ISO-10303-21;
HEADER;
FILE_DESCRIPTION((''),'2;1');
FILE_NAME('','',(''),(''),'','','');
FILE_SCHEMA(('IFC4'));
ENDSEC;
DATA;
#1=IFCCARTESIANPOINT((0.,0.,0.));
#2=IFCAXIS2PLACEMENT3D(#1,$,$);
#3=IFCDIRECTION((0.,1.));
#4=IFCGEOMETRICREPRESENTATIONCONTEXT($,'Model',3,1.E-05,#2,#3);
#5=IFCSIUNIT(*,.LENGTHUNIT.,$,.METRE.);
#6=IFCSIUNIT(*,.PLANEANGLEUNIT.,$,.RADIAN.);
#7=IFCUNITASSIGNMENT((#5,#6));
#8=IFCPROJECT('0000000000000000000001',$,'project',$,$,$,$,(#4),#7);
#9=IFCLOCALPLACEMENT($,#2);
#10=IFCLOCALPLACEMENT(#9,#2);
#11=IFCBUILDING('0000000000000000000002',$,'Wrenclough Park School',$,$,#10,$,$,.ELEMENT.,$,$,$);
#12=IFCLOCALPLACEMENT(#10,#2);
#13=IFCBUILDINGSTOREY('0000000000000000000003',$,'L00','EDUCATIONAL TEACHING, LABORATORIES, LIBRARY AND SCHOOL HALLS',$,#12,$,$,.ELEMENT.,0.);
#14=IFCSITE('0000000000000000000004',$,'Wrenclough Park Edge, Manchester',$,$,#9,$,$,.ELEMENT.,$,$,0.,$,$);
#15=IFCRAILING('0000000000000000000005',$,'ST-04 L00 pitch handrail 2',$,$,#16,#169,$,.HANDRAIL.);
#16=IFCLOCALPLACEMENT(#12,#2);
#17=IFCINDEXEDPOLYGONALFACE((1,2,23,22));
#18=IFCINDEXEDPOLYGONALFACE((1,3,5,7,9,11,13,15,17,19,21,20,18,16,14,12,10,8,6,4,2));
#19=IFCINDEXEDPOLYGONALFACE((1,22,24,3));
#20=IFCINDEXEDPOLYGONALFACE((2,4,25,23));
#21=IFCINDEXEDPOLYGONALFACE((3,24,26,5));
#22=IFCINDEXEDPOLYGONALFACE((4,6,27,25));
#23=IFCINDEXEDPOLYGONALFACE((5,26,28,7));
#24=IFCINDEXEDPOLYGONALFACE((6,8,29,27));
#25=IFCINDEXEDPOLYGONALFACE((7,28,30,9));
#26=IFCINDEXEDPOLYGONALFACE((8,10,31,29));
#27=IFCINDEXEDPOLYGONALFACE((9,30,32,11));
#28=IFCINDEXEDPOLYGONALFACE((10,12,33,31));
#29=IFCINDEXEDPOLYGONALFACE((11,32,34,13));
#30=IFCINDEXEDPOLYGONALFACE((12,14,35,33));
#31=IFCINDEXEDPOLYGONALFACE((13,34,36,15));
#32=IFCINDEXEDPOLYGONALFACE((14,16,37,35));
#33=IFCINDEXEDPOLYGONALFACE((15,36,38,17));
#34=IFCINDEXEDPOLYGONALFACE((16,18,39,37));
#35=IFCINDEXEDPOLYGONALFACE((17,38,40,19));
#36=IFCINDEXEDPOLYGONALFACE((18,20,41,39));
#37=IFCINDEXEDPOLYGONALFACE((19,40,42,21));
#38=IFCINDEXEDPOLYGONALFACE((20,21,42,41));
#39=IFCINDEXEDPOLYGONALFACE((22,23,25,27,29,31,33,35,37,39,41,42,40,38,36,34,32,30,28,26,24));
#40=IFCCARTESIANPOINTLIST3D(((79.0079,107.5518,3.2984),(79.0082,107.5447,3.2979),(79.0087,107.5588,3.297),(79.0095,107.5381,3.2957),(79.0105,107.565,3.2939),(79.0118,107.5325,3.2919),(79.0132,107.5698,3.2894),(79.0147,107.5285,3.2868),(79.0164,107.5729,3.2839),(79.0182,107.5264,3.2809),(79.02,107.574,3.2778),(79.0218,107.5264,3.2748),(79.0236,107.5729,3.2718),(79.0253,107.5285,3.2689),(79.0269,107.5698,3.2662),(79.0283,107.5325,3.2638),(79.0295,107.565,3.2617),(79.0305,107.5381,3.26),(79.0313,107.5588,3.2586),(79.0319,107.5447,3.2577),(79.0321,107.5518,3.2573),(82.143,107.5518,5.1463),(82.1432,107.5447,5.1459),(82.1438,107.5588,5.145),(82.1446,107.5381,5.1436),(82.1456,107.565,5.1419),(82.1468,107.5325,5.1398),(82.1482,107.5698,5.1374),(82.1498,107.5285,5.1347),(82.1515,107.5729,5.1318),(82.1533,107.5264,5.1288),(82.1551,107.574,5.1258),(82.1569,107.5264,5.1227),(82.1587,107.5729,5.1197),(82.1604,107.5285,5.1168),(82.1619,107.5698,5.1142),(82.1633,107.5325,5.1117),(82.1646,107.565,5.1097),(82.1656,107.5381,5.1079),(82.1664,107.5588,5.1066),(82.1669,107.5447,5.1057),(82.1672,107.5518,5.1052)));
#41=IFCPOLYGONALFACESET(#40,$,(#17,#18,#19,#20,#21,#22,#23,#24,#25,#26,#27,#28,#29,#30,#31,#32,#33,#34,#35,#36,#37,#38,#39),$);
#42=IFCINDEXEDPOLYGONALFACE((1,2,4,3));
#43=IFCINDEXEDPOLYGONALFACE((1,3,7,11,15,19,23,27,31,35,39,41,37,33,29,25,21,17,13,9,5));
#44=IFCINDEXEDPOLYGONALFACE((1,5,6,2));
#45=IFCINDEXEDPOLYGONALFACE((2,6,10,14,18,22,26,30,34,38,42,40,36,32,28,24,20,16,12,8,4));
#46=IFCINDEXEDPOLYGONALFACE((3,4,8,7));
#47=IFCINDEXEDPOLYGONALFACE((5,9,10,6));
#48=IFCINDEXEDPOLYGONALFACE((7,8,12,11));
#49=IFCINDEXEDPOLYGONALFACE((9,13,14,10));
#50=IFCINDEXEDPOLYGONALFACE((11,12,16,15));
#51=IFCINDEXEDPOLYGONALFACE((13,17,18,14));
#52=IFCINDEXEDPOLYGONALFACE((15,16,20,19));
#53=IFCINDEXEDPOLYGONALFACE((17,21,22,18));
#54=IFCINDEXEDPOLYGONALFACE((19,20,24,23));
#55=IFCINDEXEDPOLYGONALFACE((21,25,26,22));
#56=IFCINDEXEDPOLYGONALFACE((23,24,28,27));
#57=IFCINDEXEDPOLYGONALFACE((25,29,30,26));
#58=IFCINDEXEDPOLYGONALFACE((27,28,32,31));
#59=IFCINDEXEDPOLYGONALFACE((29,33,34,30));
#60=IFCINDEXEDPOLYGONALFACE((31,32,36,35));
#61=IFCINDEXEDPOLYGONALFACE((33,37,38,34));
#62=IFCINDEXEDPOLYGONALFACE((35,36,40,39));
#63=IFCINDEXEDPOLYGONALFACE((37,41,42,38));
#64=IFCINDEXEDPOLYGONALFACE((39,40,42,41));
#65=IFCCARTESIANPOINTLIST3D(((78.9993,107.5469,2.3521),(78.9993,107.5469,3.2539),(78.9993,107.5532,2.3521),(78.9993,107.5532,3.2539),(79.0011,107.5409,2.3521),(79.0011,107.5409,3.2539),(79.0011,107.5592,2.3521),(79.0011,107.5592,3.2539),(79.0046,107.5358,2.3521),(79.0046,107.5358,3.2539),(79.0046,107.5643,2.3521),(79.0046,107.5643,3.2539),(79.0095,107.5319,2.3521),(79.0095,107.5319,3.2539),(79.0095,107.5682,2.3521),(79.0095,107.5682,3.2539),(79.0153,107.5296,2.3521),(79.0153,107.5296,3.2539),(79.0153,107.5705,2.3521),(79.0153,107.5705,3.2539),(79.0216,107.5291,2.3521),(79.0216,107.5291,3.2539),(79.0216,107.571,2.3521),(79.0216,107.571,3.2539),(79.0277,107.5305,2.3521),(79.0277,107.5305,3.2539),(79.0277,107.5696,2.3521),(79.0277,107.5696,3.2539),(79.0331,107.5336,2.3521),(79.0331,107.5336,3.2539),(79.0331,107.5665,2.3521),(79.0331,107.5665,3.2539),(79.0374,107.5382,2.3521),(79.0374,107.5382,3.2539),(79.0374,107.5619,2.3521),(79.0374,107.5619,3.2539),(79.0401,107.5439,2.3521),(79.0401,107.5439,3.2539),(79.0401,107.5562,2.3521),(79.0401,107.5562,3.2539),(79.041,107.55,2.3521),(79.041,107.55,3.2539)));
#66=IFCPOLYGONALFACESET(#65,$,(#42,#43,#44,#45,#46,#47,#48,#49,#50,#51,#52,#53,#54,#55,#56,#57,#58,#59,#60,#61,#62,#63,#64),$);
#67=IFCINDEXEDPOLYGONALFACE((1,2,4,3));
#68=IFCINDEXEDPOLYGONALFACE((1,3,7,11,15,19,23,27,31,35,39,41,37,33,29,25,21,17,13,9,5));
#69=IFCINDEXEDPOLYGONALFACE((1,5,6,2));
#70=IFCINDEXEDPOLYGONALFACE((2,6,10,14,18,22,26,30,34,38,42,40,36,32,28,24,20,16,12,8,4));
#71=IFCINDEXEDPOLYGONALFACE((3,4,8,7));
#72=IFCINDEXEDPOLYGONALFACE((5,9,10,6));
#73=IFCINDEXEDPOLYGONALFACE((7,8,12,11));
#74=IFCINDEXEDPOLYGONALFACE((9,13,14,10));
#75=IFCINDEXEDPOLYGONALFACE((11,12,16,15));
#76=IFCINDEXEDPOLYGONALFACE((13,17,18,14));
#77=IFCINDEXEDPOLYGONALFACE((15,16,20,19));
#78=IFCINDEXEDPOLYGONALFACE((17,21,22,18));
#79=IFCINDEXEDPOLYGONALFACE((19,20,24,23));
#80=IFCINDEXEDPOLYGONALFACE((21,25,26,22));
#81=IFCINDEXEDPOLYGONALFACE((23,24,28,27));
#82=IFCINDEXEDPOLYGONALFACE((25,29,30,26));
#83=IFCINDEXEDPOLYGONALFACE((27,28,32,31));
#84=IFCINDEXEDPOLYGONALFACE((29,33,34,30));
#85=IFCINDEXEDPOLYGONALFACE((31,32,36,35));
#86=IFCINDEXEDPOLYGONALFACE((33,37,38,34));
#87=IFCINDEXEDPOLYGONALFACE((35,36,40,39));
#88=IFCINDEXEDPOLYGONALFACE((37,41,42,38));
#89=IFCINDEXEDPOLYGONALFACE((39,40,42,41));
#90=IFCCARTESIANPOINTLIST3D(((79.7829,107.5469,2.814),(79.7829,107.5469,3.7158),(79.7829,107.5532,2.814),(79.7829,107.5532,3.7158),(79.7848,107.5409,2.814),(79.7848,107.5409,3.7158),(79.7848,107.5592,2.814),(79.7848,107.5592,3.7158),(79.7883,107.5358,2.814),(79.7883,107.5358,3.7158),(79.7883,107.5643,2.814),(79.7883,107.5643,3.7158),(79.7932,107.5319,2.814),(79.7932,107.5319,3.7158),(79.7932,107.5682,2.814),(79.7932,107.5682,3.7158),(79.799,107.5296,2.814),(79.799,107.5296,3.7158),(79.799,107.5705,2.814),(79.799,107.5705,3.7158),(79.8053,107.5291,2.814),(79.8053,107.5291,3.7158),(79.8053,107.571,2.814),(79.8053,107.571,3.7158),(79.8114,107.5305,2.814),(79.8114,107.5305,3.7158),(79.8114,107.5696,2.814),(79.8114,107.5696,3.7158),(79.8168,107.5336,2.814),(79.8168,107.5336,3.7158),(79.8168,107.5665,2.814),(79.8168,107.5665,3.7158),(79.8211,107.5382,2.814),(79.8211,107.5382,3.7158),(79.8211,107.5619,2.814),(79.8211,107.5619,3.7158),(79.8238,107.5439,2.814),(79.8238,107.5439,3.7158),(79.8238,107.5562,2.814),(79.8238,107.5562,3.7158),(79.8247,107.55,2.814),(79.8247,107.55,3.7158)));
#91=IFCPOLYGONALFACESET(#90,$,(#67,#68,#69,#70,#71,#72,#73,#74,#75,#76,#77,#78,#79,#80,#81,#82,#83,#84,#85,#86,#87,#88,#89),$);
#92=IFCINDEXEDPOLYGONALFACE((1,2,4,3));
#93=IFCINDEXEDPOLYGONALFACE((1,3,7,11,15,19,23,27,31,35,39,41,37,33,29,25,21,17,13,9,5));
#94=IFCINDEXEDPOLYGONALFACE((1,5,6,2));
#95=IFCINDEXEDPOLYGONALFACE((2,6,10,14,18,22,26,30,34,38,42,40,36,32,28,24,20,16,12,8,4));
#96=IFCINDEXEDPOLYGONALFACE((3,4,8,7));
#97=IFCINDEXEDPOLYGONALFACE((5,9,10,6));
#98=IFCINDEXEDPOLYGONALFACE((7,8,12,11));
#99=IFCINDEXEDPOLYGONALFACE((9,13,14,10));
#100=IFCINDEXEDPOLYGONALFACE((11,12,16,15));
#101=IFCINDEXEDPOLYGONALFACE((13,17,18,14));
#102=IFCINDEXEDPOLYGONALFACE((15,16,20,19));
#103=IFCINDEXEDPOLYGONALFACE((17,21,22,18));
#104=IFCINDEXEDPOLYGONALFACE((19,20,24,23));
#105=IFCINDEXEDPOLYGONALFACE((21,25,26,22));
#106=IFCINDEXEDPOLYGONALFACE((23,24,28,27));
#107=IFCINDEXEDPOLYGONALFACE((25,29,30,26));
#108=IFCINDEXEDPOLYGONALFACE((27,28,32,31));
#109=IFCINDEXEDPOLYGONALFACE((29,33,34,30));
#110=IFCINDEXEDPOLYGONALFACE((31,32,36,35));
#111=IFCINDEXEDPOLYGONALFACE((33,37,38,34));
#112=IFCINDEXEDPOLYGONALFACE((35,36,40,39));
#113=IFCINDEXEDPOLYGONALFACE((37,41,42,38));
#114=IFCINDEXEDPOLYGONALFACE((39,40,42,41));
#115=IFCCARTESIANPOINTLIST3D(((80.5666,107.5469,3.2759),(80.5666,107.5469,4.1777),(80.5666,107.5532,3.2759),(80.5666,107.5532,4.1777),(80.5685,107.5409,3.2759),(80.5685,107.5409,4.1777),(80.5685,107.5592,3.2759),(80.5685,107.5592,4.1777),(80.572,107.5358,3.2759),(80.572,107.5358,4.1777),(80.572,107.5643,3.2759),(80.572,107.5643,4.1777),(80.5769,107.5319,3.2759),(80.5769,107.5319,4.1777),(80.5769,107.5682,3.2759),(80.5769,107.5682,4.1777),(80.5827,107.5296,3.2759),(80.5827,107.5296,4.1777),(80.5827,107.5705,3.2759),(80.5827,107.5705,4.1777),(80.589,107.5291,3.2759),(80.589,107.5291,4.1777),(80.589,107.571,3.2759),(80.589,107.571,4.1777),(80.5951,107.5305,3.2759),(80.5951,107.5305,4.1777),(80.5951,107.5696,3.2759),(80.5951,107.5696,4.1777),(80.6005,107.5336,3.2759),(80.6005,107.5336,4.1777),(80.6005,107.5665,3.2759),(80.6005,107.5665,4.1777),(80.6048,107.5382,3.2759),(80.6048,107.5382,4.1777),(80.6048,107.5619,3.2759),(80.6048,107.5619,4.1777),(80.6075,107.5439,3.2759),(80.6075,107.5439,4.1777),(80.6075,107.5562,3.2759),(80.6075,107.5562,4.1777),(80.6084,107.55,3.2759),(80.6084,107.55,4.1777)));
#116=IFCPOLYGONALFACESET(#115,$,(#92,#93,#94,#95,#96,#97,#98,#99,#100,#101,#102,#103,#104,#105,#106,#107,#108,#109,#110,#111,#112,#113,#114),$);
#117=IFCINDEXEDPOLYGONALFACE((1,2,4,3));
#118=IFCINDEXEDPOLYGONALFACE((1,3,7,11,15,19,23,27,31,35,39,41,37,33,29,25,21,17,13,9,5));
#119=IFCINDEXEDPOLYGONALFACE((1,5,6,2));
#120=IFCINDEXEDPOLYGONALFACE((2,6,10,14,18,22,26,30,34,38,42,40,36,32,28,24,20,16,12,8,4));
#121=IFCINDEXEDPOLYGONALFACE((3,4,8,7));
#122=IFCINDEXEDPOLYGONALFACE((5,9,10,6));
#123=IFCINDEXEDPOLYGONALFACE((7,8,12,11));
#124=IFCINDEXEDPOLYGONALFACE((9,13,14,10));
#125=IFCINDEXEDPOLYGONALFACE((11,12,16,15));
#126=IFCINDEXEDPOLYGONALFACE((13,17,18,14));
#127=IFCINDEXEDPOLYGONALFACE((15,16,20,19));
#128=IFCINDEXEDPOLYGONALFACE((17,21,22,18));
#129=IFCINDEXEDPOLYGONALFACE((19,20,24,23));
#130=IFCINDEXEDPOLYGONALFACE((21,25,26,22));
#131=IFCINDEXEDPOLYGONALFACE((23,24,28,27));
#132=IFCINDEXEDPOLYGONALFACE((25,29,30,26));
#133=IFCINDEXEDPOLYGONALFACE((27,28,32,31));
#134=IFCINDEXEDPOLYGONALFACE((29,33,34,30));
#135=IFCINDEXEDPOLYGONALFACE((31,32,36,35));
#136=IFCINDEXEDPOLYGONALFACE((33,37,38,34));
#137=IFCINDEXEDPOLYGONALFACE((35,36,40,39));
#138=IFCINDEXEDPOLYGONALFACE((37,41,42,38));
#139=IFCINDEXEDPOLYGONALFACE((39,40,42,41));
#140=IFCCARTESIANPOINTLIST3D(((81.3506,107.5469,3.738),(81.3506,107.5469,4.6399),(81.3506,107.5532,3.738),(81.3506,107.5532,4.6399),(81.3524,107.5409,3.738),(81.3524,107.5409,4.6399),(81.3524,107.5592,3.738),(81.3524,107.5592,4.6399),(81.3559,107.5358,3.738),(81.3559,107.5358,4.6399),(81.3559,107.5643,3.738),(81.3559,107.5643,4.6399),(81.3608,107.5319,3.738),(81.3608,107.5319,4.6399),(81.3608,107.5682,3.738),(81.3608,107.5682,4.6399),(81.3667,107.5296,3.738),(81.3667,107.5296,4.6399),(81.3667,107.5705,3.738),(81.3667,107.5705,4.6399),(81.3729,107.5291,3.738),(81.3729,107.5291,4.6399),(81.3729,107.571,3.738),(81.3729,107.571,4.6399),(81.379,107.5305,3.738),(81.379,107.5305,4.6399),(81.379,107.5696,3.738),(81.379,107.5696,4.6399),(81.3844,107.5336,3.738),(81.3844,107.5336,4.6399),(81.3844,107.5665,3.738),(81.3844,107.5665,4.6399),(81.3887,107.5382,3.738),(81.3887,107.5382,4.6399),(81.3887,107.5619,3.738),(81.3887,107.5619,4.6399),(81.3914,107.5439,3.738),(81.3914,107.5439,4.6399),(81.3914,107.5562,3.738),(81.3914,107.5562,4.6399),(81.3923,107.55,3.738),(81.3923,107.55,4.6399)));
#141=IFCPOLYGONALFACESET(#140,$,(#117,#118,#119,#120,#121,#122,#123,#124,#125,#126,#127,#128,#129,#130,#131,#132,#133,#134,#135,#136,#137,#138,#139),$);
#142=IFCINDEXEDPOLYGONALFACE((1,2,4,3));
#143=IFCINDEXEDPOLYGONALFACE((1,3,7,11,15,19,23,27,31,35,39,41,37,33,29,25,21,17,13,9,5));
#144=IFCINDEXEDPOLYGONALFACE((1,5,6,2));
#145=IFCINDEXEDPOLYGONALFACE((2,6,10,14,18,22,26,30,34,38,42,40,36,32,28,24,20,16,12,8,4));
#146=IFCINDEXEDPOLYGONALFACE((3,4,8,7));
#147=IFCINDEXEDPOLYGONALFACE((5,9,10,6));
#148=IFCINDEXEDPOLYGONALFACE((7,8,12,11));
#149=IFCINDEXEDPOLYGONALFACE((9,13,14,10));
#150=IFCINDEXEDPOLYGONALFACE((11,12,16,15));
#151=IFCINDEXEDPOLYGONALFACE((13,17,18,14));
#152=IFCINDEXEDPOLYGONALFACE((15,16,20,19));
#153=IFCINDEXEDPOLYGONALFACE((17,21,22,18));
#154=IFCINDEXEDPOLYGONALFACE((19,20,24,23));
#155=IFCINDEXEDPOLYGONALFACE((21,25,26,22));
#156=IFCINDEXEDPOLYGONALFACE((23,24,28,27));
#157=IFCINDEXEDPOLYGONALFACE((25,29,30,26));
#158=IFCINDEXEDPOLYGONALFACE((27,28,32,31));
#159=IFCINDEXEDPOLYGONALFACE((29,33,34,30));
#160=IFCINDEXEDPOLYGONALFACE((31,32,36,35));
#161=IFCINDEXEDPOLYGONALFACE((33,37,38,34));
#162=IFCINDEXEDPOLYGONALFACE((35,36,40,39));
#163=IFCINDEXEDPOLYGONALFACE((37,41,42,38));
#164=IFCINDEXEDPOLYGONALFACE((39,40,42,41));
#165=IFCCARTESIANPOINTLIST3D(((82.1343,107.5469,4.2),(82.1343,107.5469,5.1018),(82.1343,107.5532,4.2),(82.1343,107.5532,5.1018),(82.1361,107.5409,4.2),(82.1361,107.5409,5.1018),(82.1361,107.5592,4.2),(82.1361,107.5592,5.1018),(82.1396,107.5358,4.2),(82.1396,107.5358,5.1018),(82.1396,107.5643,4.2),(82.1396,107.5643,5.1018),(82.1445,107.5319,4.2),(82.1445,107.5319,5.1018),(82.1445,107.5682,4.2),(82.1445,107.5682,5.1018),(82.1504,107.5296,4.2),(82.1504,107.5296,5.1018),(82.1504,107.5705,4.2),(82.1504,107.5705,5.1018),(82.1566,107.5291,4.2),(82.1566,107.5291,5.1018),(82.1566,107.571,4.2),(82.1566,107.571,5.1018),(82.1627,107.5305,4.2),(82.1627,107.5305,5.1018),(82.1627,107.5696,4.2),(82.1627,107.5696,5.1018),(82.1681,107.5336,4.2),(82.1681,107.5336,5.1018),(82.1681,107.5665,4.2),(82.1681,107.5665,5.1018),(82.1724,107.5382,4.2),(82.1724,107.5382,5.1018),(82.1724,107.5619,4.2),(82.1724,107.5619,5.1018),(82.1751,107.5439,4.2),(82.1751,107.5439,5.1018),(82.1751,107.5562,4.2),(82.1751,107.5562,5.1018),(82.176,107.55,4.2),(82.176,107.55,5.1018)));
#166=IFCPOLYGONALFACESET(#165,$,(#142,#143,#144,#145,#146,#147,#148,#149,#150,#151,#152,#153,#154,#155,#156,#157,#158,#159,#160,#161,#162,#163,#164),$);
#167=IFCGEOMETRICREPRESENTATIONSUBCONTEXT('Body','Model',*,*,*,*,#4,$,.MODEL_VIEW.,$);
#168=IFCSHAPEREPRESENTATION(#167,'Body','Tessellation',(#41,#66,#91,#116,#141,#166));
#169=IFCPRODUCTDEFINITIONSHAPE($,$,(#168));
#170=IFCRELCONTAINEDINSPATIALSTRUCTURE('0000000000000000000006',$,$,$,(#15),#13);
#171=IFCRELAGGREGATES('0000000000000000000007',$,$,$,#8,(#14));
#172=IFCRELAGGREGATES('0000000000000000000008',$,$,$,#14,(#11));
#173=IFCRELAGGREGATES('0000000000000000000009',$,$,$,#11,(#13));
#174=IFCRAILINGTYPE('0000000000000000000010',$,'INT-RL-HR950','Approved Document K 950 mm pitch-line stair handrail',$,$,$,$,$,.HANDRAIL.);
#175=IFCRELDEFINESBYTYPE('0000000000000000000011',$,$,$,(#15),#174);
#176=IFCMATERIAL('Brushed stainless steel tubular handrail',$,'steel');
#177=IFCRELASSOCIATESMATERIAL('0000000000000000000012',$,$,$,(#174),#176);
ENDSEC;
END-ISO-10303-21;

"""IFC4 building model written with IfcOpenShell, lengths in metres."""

from ifc_helpers import new_model, si_unit, direction, frame, origin, origin_2d, place, context, subcontext, project, spatial, circle, extrude, material, type_object, element, save


model = new_model("IFC4")

# Units and contexts
model_context = context("Model", 3, precision=1e-05, world=origin(), true_north=direction((0.0, 1.0)))
body_context = subcontext(model_context, "Body", "Model", "MODEL_VIEW")
ifc_project = project(units=[si_unit("LENGTHUNIT", "METRE"), si_unit("PLANEANGLEUNIT", "RADIAN")], contexts=[model_context])

# Site, building, storey
site_placement = place(None, origin())
site = spatial("IfcSite", under=ifc_project, at=site_placement, Name="Wrenclough Park Edge, Manchester", CompositionType="ELEMENT", RefElevation=0.0)
building_placement = place(site_placement, origin())
building = spatial("IfcBuilding", under=site, at=building_placement, Name="Wrenclough Park School", CompositionType="ELEMENT")
storey_placement = place(building_placement, origin())
storey = spatial("IfcBuildingStorey", under=building, at=storey_placement, Name="L00", Description="EDUCATIONAL TEACHING, LABORATORIES, LIBRARY AND SCHOOL HALLS", CompositionType="ELEMENT", Elevation=0.0)

# Railing
ifc_material_1 = material(Name="Brushed stainless steel tubular handrail", Category="steel")
railing_type_1 = type_object("IfcRailingType", Name="INT-RL-HR950", Description="Approved Document K 950 mm pitch-line stair handrail", PredefinedType="HANDRAIL", material=ifc_material_1)
railing_1_placement = place(storey_placement, frame((79.02, 107.55, 2.3521)))
element("IfcRailing", 1, at=railing_1_placement, inside=storey, type_object=railing_type_1, Name="ST-04 L00 pitch handrail 2", PredefinedType="HANDRAIL", context=body_context, shape_type="SweptSolid", body=[
    extrude(circle(Radius=0.0239, at=origin_2d()), frame((0.0, 0.0, 0.9258), z_axis=(0.86148, 0.0, 0.507791), x_axis=(0.0, 1.0, 0.0)), (0.0, 0.0, 1.0), 3.6392),
    extrude(circle(Radius=0.021, at=origin_2d()), origin(), (0.0, 0.0, 1.0), 0.9019),
    extrude(circle(Radius=0.021, at=origin_2d()), frame((0.7837, 0.0, 0.4619)), (0.0, 0.0, 1.0), 0.9019),
    extrude(circle(Radius=0.021, at=origin_2d()), frame((1.5674, 0.0, 0.9238)), (0.0, 0.0, 1.0), 0.9019),
    extrude(circle(Radius=0.021, at=origin_2d()), frame((2.3513, 0.0, 1.386)), (0.0, 0.0, 1.0), 0.9019),
    extrude(circle(Radius=0.021, at=origin_2d()), frame((3.135, 0.0, 1.8479)), (0.0, 0.0, 1.0), 0.9019),
])

save(model, "model.ifc")
